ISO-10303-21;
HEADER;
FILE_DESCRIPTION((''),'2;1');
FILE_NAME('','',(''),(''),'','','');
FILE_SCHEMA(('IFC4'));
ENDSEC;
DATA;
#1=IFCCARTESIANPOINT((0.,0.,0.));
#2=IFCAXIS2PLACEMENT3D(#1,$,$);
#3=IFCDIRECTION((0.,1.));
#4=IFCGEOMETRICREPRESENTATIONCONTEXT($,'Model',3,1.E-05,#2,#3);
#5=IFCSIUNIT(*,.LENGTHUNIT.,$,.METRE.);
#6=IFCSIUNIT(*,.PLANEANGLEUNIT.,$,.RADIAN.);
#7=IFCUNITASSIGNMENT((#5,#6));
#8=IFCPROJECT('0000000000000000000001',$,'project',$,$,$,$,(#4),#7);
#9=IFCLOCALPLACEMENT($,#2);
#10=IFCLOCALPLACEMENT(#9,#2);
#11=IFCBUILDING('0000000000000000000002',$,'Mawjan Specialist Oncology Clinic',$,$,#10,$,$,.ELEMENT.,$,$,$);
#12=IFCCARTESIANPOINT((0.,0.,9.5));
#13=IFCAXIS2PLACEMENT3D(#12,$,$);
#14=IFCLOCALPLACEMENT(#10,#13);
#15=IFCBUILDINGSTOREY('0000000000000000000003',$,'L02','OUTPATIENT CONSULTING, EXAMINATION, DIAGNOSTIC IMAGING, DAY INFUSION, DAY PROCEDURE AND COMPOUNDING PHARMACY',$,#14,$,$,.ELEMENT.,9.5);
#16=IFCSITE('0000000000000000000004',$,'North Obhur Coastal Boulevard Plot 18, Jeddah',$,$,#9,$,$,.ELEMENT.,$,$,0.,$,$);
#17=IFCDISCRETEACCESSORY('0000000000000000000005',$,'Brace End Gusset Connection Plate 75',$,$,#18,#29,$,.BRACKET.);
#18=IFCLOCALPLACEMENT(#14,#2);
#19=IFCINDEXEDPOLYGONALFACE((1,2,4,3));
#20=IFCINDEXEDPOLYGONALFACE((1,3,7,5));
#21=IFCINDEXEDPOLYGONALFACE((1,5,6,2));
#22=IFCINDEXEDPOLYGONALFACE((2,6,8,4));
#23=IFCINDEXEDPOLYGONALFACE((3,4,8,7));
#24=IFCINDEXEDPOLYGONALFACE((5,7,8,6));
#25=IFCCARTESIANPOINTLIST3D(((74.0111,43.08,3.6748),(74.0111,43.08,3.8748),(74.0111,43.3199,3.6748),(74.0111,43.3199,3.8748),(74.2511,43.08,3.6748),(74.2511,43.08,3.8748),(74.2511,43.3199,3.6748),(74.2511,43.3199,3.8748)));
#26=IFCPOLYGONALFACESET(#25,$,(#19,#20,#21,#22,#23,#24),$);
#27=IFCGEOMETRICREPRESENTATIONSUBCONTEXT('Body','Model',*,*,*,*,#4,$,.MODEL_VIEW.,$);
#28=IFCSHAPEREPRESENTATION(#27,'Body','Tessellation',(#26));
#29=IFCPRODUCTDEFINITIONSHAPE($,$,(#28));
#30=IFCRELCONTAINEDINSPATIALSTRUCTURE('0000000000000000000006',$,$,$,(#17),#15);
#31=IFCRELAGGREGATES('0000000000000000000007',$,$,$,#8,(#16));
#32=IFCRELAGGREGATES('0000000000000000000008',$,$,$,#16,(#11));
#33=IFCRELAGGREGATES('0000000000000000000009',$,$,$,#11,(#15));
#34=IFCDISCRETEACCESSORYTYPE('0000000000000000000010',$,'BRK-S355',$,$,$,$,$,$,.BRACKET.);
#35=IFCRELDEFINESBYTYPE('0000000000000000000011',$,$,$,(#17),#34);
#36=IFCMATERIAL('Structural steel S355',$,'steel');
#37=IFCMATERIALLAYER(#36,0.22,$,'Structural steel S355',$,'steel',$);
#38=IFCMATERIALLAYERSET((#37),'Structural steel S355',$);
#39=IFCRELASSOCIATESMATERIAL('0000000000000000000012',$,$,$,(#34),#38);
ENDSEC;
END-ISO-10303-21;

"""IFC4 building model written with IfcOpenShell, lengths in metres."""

from ifc_helpers import new_model, si_unit, direction, frame, origin, origin_2d, place, context, subcontext, project, spatial, rectangle, extrude, material, layer, layer_set, type_object, element, save


model = new_model("IFC4")

# Units and contexts
model_context = context("Model", 3, precision=1e-05, world=origin(), true_north=direction((0.0, 1.0)))
body_context = subcontext(model_context, "Body", "Model", "MODEL_VIEW")
ifc_project = project(units=[si_unit("LENGTHUNIT", "METRE"), si_unit("PLANEANGLEUNIT", "RADIAN")], contexts=[model_context])

# Site, building, storey
site_placement = place(None, origin())
site = spatial("IfcSite", under=ifc_project, at=site_placement, Name="North Obhur Coastal Boulevard Plot 18, Jeddah", CompositionType="ELEMENT", RefElevation=0.0)
building_placement = place(site_placement, origin())
building = spatial("IfcBuilding", under=site, at=building_placement, Name="Mawjan Specialist Oncology Clinic", CompositionType="ELEMENT")
storey_placement = place(building_placement, frame((0.0, 0.0, 9.5)))
storey = spatial("IfcBuildingStorey", under=building, at=storey_placement, Name="L02", Description="OUTPATIENT CONSULTING, EXAMINATION, DIAGNOSTIC IMAGING, DAY INFUSION, DAY PROCEDURE AND COMPOUNDING PHARMACY", CompositionType="ELEMENT", Elevation=9.5)

# Discrete accessory
ifc_material_1 = material(Name="Structural steel S355", Category="steel")
ifc_layer_1 = layer(ifc_material_1, 0.22, Name="Structural steel S355", Category="steel")
ifc_layer_set_1 = layer_set([ifc_layer_1], Name="Structural steel S355")
discrete_accessory_type = type_object("IfcDiscreteAccessoryType", Name="BRK-S355", PredefinedType="BRACKET", material=ifc_layer_set_1)
discrete_accessory_placement = place(storey_placement, frame((74.1311, 43.2, 3.6748), z_axis=(0.0, 0.0, 1.0), x_axis=(1.0, 0.0, 0.0)))
element("IfcDiscreteAccessory", 1, at=discrete_accessory_placement, inside=storey, type_object=discrete_accessory_type, Name="Brace End Gusset Connection Plate 75", PredefinedType="BRACKET", context=body_context, shape_type="SweptSolid", body=[
    extrude(rectangle(XDim=0.24, YDim=0.24, at=origin_2d()), origin(), (0.0, 0.0, 1.0), 0.2),
])

save(model, "model.ifc")
